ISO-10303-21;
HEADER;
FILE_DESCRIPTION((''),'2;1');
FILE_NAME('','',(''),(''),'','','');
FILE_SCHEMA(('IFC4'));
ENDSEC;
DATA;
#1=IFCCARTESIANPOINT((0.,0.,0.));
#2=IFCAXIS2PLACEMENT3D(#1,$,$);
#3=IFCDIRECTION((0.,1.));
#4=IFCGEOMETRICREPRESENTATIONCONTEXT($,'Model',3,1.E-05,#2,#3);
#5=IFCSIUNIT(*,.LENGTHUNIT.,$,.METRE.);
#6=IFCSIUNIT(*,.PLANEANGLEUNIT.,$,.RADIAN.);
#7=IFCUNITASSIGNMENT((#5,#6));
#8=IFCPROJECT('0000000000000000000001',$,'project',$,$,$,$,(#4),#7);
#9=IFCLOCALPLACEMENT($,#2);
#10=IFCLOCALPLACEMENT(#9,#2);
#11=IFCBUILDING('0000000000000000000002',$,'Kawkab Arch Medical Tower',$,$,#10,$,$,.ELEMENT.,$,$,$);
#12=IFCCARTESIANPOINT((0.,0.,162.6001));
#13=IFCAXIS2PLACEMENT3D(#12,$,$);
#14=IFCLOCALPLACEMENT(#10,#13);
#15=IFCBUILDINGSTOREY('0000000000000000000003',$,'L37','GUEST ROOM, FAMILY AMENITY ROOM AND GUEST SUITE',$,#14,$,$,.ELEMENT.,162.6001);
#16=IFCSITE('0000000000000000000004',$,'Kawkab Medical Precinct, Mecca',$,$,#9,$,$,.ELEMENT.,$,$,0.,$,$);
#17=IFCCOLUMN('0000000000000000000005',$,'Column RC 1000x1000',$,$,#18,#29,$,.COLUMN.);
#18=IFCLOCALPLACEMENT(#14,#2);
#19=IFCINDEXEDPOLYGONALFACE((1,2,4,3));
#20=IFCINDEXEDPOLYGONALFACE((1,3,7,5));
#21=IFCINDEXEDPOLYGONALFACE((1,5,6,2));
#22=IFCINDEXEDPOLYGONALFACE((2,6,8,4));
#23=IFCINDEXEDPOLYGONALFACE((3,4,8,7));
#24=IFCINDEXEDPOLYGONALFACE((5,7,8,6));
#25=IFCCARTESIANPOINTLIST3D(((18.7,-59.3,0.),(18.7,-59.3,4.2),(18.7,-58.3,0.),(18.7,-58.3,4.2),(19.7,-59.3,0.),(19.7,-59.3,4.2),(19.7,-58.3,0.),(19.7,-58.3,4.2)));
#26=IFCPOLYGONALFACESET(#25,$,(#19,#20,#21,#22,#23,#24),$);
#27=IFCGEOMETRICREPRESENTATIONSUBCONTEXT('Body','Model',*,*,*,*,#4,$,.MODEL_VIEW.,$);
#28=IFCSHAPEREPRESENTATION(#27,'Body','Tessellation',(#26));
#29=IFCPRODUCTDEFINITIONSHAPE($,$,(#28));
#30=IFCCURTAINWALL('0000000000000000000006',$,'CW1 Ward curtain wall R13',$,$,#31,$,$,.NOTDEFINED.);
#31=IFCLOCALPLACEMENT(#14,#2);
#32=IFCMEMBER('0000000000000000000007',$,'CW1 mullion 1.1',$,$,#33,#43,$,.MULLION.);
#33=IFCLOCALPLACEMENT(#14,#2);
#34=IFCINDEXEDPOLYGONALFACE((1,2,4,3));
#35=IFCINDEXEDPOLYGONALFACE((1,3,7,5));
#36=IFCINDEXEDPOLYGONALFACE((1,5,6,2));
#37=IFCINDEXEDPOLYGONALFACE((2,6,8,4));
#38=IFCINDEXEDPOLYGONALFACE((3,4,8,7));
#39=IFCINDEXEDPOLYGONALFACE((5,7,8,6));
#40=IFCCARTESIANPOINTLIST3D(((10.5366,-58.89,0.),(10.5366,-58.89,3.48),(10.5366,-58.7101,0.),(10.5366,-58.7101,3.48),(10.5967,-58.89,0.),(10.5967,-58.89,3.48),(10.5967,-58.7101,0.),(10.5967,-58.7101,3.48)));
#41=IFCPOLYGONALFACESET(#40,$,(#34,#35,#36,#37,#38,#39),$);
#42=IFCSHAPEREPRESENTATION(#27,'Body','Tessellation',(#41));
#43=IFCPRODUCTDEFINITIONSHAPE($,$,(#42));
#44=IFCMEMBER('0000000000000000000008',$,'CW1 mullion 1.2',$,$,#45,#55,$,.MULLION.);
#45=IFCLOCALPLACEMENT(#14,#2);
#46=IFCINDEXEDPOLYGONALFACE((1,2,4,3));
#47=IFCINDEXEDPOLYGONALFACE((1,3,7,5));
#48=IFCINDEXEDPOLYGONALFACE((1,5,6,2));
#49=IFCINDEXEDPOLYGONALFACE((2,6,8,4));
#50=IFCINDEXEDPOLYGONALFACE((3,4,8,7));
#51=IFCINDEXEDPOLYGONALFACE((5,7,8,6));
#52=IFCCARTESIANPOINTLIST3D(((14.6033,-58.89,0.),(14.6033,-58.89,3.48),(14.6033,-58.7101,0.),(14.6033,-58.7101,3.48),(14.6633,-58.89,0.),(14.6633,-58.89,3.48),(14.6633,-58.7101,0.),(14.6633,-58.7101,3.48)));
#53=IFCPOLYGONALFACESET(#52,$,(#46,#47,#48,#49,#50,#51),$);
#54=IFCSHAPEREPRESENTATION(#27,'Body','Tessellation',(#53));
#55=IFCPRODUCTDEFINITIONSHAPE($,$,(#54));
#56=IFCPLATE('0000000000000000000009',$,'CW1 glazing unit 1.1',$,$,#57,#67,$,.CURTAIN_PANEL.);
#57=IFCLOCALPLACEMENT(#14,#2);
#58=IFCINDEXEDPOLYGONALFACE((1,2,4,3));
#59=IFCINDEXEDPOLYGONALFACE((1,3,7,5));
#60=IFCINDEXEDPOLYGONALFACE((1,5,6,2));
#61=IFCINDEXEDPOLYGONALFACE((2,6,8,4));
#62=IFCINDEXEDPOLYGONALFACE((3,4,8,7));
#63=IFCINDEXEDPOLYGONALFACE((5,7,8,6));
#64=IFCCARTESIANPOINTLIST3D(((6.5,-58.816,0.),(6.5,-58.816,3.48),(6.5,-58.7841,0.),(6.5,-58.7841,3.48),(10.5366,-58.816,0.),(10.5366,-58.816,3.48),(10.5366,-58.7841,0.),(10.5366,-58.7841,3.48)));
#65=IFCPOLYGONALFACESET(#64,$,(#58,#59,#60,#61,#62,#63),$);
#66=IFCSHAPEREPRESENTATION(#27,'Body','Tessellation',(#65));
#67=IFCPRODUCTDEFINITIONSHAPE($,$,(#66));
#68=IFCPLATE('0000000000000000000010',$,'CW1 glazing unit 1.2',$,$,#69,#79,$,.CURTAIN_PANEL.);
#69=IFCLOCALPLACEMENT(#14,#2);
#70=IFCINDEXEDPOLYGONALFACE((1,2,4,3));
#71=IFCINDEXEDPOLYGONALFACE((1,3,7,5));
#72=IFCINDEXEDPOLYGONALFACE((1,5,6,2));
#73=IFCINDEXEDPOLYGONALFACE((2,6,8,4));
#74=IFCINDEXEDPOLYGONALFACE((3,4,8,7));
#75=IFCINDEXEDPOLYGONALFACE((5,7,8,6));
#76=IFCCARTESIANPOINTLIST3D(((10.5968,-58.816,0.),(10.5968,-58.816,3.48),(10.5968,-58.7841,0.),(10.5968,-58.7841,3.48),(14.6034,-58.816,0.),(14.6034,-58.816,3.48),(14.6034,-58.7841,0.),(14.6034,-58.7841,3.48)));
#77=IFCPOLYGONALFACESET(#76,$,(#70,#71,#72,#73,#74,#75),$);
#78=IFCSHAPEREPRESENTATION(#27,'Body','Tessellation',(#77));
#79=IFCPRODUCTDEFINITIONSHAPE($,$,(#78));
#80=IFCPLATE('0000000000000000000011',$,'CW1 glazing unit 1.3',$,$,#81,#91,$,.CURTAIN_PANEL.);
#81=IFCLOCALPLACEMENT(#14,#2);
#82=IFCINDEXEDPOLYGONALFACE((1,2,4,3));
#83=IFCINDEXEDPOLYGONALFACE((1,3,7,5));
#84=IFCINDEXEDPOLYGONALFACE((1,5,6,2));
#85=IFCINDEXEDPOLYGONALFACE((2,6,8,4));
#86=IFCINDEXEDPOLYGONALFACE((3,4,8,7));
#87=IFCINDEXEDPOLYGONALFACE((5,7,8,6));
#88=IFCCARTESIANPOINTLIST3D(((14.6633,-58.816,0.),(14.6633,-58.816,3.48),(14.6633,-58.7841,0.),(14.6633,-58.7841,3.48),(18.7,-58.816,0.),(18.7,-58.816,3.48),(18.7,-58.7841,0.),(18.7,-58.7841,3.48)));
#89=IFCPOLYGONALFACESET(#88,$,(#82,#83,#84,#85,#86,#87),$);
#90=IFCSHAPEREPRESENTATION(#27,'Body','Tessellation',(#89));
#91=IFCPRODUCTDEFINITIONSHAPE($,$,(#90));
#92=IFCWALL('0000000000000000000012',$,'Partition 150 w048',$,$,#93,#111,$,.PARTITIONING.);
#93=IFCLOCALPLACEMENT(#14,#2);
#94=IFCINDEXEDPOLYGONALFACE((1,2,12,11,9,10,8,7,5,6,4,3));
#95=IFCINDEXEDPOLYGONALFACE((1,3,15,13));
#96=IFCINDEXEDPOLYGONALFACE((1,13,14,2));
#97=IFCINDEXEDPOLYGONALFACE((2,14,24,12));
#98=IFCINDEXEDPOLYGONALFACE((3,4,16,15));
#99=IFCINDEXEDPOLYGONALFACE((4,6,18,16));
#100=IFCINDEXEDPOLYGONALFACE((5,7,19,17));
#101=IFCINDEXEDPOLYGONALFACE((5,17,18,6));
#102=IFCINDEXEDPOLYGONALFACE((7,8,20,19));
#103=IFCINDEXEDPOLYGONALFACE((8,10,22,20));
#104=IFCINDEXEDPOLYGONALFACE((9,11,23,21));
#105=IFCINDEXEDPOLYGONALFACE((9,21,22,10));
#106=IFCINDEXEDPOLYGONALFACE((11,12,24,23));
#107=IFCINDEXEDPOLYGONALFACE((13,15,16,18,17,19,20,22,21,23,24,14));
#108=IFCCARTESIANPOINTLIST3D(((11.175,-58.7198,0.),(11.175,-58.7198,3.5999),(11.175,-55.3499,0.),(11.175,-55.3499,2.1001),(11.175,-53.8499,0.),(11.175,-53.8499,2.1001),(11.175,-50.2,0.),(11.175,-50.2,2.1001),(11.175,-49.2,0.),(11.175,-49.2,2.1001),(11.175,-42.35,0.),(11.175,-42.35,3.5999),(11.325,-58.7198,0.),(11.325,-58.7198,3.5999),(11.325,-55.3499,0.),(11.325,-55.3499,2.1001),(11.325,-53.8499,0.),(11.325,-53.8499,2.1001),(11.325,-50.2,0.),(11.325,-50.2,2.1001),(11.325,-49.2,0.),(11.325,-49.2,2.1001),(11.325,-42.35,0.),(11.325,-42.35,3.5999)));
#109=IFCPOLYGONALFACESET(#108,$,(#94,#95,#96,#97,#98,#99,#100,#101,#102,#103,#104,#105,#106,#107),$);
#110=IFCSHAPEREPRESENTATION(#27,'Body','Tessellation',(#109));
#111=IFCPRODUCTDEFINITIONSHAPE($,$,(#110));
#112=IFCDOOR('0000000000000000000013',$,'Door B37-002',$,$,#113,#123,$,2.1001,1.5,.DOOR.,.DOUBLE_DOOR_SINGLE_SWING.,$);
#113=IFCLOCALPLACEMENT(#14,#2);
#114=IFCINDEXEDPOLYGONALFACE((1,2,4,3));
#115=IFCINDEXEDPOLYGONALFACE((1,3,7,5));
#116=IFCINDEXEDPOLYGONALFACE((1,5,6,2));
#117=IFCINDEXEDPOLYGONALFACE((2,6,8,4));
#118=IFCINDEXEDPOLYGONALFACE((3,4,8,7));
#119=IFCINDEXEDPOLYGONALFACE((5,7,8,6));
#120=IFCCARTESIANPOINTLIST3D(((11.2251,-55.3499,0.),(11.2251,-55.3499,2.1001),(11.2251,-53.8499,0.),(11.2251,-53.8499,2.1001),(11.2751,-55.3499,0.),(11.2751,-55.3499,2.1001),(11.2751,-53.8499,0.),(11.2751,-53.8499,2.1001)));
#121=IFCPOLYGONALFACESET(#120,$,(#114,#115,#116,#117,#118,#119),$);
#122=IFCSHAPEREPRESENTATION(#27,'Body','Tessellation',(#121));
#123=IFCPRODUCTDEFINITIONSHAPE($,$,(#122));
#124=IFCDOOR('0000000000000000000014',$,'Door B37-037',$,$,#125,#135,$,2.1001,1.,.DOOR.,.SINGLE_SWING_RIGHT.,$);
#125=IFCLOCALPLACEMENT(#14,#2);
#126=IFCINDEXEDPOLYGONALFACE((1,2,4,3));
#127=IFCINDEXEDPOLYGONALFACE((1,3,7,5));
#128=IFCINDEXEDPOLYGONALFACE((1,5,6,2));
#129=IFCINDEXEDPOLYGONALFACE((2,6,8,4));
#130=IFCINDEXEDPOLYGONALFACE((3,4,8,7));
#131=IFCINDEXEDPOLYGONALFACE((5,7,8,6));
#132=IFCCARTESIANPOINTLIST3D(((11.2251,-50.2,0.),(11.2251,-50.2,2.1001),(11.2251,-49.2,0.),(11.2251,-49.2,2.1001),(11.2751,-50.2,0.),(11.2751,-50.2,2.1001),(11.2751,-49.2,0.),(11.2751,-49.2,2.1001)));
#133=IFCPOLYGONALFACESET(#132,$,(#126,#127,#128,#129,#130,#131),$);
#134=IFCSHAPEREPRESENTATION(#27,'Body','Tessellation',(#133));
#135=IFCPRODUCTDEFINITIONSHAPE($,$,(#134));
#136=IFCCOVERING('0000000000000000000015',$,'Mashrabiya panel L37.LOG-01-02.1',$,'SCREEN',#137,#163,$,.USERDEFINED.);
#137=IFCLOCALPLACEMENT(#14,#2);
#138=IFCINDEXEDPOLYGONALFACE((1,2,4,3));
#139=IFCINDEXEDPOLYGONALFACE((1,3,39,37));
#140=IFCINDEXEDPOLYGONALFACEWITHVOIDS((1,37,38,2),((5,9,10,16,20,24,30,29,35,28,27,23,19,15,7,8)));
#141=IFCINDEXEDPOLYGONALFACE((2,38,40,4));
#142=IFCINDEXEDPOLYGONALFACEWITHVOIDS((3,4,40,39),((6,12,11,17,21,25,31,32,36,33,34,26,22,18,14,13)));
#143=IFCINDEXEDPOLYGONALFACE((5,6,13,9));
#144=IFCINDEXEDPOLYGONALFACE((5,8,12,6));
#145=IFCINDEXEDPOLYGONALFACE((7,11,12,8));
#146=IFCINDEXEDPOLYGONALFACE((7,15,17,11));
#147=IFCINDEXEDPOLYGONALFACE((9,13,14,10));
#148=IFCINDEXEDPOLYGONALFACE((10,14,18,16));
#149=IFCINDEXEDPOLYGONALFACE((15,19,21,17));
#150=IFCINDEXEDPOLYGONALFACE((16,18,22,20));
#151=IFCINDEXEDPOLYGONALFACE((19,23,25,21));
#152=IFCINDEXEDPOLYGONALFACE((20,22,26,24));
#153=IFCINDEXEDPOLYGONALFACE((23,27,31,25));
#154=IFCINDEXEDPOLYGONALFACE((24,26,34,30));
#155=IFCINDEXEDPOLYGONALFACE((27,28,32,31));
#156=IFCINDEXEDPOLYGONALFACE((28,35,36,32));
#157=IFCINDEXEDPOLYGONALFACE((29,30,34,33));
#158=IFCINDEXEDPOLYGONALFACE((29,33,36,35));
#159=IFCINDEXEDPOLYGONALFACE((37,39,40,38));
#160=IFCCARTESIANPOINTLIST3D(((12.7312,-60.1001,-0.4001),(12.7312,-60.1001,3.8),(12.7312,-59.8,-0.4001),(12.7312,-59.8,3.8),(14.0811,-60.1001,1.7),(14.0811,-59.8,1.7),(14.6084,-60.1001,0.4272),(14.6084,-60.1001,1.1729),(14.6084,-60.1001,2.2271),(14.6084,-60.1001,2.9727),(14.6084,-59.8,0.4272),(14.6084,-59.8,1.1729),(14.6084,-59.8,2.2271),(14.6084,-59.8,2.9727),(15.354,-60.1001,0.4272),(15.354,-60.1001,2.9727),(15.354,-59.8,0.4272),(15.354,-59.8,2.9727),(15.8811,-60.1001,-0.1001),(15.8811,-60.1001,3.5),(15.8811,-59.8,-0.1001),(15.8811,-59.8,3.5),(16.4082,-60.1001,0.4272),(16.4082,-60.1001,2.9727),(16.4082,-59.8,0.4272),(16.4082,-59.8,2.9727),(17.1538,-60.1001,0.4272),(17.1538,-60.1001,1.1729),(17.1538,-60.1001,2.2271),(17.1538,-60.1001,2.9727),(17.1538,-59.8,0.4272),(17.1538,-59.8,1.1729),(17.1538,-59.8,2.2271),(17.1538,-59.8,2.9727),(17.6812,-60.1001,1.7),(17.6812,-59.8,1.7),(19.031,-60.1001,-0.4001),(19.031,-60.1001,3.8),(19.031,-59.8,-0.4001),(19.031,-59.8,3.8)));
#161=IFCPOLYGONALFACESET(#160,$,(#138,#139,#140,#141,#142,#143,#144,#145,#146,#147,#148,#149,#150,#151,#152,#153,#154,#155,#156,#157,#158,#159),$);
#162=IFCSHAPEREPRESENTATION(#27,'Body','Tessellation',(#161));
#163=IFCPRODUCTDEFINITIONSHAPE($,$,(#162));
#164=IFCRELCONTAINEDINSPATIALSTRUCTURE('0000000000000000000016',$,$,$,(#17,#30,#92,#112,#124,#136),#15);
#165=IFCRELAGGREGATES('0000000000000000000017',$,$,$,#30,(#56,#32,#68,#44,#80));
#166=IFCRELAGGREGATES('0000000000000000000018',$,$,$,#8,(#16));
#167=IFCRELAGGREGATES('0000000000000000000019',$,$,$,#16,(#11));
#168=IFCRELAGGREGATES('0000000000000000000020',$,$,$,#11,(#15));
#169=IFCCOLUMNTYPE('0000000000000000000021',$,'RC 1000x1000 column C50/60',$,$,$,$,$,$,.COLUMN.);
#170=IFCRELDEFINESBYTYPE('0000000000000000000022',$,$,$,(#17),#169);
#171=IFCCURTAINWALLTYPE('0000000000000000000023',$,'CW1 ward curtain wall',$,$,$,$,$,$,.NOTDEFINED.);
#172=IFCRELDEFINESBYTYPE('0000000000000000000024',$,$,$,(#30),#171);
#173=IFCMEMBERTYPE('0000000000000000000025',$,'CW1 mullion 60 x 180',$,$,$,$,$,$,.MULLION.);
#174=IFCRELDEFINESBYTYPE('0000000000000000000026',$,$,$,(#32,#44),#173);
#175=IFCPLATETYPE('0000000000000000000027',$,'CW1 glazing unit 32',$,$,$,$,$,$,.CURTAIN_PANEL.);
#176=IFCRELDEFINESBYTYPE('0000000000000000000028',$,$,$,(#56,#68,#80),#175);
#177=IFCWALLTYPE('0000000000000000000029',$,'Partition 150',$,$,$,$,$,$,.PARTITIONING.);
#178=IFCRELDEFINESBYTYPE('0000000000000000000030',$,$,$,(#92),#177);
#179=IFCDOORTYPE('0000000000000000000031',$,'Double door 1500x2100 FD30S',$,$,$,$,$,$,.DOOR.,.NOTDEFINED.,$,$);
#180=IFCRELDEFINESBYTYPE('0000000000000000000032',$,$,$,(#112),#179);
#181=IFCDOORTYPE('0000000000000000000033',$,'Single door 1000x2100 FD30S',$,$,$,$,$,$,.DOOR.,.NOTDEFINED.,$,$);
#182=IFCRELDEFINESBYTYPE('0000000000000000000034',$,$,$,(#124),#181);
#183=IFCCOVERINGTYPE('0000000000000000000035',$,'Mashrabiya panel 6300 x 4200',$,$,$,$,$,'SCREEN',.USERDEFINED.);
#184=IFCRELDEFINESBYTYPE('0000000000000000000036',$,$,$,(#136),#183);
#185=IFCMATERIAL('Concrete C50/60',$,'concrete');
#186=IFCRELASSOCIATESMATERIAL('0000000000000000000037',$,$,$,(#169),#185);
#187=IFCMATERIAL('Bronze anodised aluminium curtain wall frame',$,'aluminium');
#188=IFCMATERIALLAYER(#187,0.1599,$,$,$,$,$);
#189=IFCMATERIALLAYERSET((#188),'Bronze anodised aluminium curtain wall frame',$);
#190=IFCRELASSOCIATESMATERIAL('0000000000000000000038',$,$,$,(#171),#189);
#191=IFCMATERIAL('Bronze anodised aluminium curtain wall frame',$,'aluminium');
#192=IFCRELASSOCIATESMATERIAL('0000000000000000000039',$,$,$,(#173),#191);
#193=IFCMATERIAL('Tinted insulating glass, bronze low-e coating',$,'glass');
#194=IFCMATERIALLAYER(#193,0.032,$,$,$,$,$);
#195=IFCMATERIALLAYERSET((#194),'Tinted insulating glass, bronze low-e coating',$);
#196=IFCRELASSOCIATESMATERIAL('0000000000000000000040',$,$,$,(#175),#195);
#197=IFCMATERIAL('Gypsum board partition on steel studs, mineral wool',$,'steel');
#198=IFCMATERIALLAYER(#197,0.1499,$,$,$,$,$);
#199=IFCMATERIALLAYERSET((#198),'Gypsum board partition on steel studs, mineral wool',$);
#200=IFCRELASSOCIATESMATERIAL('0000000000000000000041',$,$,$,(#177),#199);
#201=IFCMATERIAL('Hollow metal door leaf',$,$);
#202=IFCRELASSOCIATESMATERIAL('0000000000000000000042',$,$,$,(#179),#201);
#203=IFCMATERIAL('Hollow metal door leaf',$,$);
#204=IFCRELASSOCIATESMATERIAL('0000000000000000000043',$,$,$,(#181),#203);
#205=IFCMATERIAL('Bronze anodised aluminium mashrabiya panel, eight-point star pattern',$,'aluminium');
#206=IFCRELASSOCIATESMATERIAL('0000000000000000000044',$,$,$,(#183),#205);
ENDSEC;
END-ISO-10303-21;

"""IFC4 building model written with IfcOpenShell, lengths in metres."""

from ifc_helpers import new_model, si_unit, direction, frame, frame_2d, origin, origin_2d, place, context, subcontext, project, spatial, polyline, rectangle, outline, extrude, material, layer, layer_set, material_profile, profile_set, type_object, element, fill, aggregate, save


model = new_model("IFC4")

# Units and contexts
model_context = context("Model", 3, precision=1e-05, world=origin(), true_north=direction((0.0, 1.0)))
body_context = subcontext(model_context, "Body", "Model", "MODEL_VIEW")
ifc_project = project(units=[si_unit("LENGTHUNIT", "METRE"), si_unit("PLANEANGLEUNIT", "RADIAN")], contexts=[model_context])

# Site, building, storey
site_placement = place(None, origin())
site = spatial("IfcSite", under=ifc_project, at=site_placement, Name="Kawkab Medical Precinct, Mecca", CompositionType="ELEMENT", RefElevation=0.0)
building_placement = place(site_placement, origin())
building = spatial("IfcBuilding", under=site, at=building_placement, Name="Kawkab Arch Medical Tower", CompositionType="ELEMENT")
storey_placement = place(building_placement, frame((0.0, 0.0, 162.6001)))
storey = spatial("IfcBuildingStorey", under=building, at=storey_placement, Name="L37", Description="GUEST ROOM, FAMILY AMENITY ROOM AND GUEST SUITE", CompositionType="ELEMENT", Elevation=162.6001)

# Column
ifc_material_1 = material(Name="Concrete C50/60", Category="concrete")
ifc_material_profile_1 = material_profile(ifc_material_1, rectangle(XDim=1.0, YDim=1.0, at=origin_2d()), Name="RC 1000x1000")
ifc_profile_set_1 = profile_set([ifc_material_profile_1], Name="Concrete C50/60")
column_type = type_object("IfcColumnType", Name="RC 1000x1000 column C50/60", PredefinedType="COLUMN", material=ifc_profile_set_1)
column_placement = place(storey_placement, frame((19.2, -58.8, 0.0), z_axis=(0.0, 0.0, 1.0), x_axis=(1.0, 0.0, 0.0)))
element("IfcColumn", 1, at=column_placement, inside=storey, type_object=column_type, Name="Column RC 1000x1000", PredefinedType="COLUMN", context=body_context, shape_type="SweptSolid", body=[
    extrude(rectangle(XDim=1.0, YDim=1.0, at=origin_2d()), origin(), (0.0, 0.0, 1.0), 4.2),
])

# Curtain wall, members, plates
ifc_material_2 = material(Name="Bronze anodised aluminium curtain wall frame", Category="aluminium")
ifc_layer_1 = layer(ifc_material_2, 0.1599)
ifc_layer_set_1 = layer_set([ifc_layer_1], Name="Bronze anodised aluminium curtain wall frame")
curtain_wall_type = type_object("IfcCurtainWallType", Name="CW1 ward curtain wall", PredefinedType="NOTDEFINED", material=ifc_layer_set_1)
curtain_wall_placement = place(storey_placement, origin())
curtain_wall = element("IfcCurtainWall", 2, at=curtain_wall_placement, inside=storey, type_object=curtain_wall_type, Name="CW1 Ward curtain wall R13", PredefinedType="NOTDEFINED")
ifc_material_3 = material(Name="Bronze anodised aluminium curtain wall frame", Category="aluminium")
ifc_material_profile_2 = material_profile(ifc_material_3, rectangle(XDim=0.1799, YDim=0.0601, at=origin_2d()), Name="AL 60x180")
ifc_profile_set_2 = profile_set([ifc_material_profile_2], Name="Bronze anodised aluminium curtain wall frame")
member_type = type_object("IfcMemberType", Name="CW1 mullion 60 x 180", PredefinedType="MULLION", material=ifc_profile_set_2)
member_1_placement = place(storey_placement, frame((10.5667, -58.8, 0.0), z_axis=(0.0, 0.0, 1.0), x_axis=(0.0, 1.0, 0.0)))
member_1 = element("IfcMember", 3, at=member_1_placement, type_object=member_type, Name="CW1 mullion 1.1", PredefinedType="MULLION", context=body_context, shape_type="SweptSolid", body=[
    extrude(rectangle(XDim=0.1799, YDim=0.0601, at=origin_2d()), origin(), (0.0, 0.0, 1.0), 3.48),
])
member_2_placement = place(storey_placement, frame((14.6333, -58.8, 0.0), z_axis=(0.0, 0.0, 1.0), x_axis=(0.0, 1.0, 0.0)))
member_2 = element("IfcMember", 4, at=member_2_placement, type_object=member_type, Name="CW1 mullion 1.2", PredefinedType="MULLION", context=body_context, shape_type="SweptSolid", body=[
    extrude(rectangle(XDim=0.1799, YDim=0.0601, at=origin_2d()), origin(), (0.0, 0.0, 1.0), 3.48),
])
ifc_material_4 = material(Name="Tinted insulating glass, bronze low-e coating", Category="glass")
ifc_layer_2 = layer(ifc_material_4, 0.032)
ifc_layer_set_2 = layer_set([ifc_layer_2], Name="Tinted insulating glass, bronze low-e coating")
plate_type = type_object("IfcPlateType", Name="CW1 glazing unit 32", PredefinedType="CURTAIN_PANEL", material=ifc_layer_set_2)
plate_1_placement = place(storey_placement, frame((8.5183, -58.8, 0.0), z_axis=(0.0, 0.0, 1.0), x_axis=(1.0, 0.0, 0.0)))
plate_1 = element("IfcPlate", 5, at=plate_1_placement, type_object=plate_type, Name="CW1 glazing unit 1.1", PredefinedType="CURTAIN_PANEL", context=body_context, shape_type="SweptSolid", body=[
    extrude(rectangle(XDim=4.0366, YDim=0.032, at=origin_2d()), origin(), (0.0, 0.0, 1.0), 3.48),
])
plate_2_placement = place(storey_placement, frame((12.6001, -58.8, 0.0), z_axis=(0.0, 0.0, 1.0), x_axis=(1.0, 0.0, 0.0)))
plate_2 = element("IfcPlate", 6, at=plate_2_placement, type_object=plate_type, Name="CW1 glazing unit 1.2", PredefinedType="CURTAIN_PANEL", context=body_context, shape_type="SweptSolid", body=[
    extrude(rectangle(XDim=4.0066, YDim=0.032, at=origin_2d()), origin(), (0.0, 0.0, 1.0), 3.48),
])
plate_3_placement = place(storey_placement, frame((16.6816, -58.8, 0.0), z_axis=(0.0, 0.0, 1.0), x_axis=(1.0, 0.0, 0.0)))
plate_3 = element("IfcPlate", 7, at=plate_3_placement, type_object=plate_type, Name="CW1 glazing unit 1.3", PredefinedType="CURTAIN_PANEL", context=body_context, shape_type="SweptSolid", body=[
    extrude(rectangle(XDim=4.0366, YDim=0.032, at=origin_2d()), origin(), (0.0, 0.0, 1.0), 3.48),
])
aggregate(curtain_wall, [plate_1, member_1, plate_2, member_2, plate_3])

# Wall, openings, doors
ifc_material_5 = material(Name="Gypsum board partition on steel studs, mineral wool", Category="steel")
ifc_layer_3 = layer(ifc_material_5, 0.1499)
ifc_layer_set_3 = layer_set([ifc_layer_3], Name="Gypsum board partition on steel studs, mineral wool")
wall_type = type_object("IfcWallType", Name="Partition 150", PredefinedType="PARTITIONING", material=ifc_layer_set_3)
wall_placement = place(storey_placement, frame((11.25, -58.72, 0.0), z_axis=(0.0, 0.0, 1.0), x_axis=(0.0, 1.0, 0.0)))
wall = element("IfcWall", 8, at=wall_placement, inside=storey, type_object=wall_type, Name="Partition 150 w048", PredefinedType="PARTITIONING", context=body_context, shape_type="SweptSolid", body=[
    extrude(rectangle(XDim=16.3699, YDim=0.1499, at=frame_2d((8.1851, 0.0))), origin(), (0.0, 0.0, 1.0), 3.5999),
])
opening_1_placement = place(wall_placement, frame((8.52, 0.0, 0.0)))
opening_1 = element("IfcOpeningElement", 9, at=opening_1_placement, cuts=wall, PredefinedType="OPENING", context=body_context, shape_type="SweptSolid", body=[
    extrude(rectangle(XDim=1.0, YDim=2.1001, at=frame_2d((0.5, 1.05))), frame((0.0, 0.085, 0.0), z_axis=(0.0, -1.0, 0.0), x_axis=(1.0, 0.0, 0.0)), (0.0, 0.0, 1.0), 0.1699),
])
opening_2_placement = place(wall_placement, frame((3.3701, 0.0, 0.0)))
opening_2 = element("IfcOpeningElement", 10, at=opening_2_placement, cuts=wall, PredefinedType="OPENING", context=body_context, shape_type="SweptSolid", body=[
    extrude(rectangle(XDim=1.5, YDim=2.1001, at=frame_2d((0.75, 1.05))), frame((0.0, 0.085, 0.0), z_axis=(0.0, -1.0, 0.0), x_axis=(1.0, 0.0, 0.0)), (0.0, 0.0, 1.0), 0.1699),
])
ifc_material_6 = material(Name="Hollow metal door leaf")
door_type_1 = type_object("IfcDoorType", Name="Double door 1500x2100 FD30S", OperationType="NOTDEFINED", PredefinedType="DOOR", material=ifc_material_6)
door_1_placement = place(opening_2_placement, origin())
door_1 = element("IfcDoor", 11, at=door_1_placement, inside=storey, type_object=door_type_1, Name="Door B37-002", OperationType="DOUBLE_DOOR_SINGLE_SWING", OverallHeight=2.1001, OverallWidth=1.5, PredefinedType="DOOR", context=body_context, shape_type="SweptSolid", body=[
    extrude(rectangle(XDim=1.5, YDim=2.1001, at=frame_2d((0.75, 1.05))), frame((0.0, 0.0249, 0.0), z_axis=(0.0, -1.0, 0.0), x_axis=(1.0, 0.0, 0.0)), (0.0, 0.0, 1.0), 0.05),
])
fill(opening_2, door_1)
ifc_material_7 = material(Name="Hollow metal door leaf")
door_type_2 = type_object("IfcDoorType", Name="Single door 1000x2100 FD30S", OperationType="NOTDEFINED", PredefinedType="DOOR", material=ifc_material_7)
door_2_placement = place(opening_1_placement, origin())
door_2 = element("IfcDoor", 12, at=door_2_placement, inside=storey, type_object=door_type_2, Name="Door B37-037", OperationType="SINGLE_SWING_RIGHT", OverallHeight=2.1001, OverallWidth=1.0, PredefinedType="DOOR", context=body_context, shape_type="SweptSolid", body=[
    extrude(rectangle(XDim=1.0, YDim=2.1001, at=frame_2d((0.5, 1.05))), frame((0.0, 0.0249, 0.0), z_axis=(0.0, -1.0, 0.0), x_axis=(1.0, 0.0, 0.0)), (0.0, 0.0, 1.0), 0.05),
])
fill(opening_1, door_2)

# Covering
ifc_material_8 = material(Name="Bronze anodised aluminium mashrabiya panel, eight-point star pattern", Category="aluminium")
ifc_material_profile_3 = material_profile(ifc_material_8, outline(polyline([(-3.1499, -2.1001), (3.1499, -2.1001), (3.1499, 2.1001), (-3.1499, 2.1001), (-3.1499, -2.1001)]), holes=[polyline([(1.8, 0.0), (1.2727, 0.5271), (1.2727, 1.2727), (0.5271, 1.2727), (0.0, 1.8), (-0.5271, 1.2727), (-1.2727, 1.2727), (-1.2727, 0.5271), (-1.8, 0.0), (-1.2727, -0.5271), (-1.2727, -1.2727), (-0.5271, -1.2727), (0.0, -1.8), (0.5271, -1.2727), (1.2727, -1.2727), (1.2727, -0.5271), (1.8, 0.0)])]), Name="Mashrabiya panel 6300x4200")
ifc_profile_set_3 = profile_set([ifc_material_profile_3], Name="Bronze anodised aluminium mashrabiya panel, eight-point star pattern")
covering_type_1 = type_object("IfcCoveringType", Name="Mashrabiya panel 6300 x 4200", ElementType="SCREEN", PredefinedType="USERDEFINED", material=ifc_profile_set_3)
covering_1_placement = place(storey_placement, frame((15.8811, -59.8, 1.7), z_axis=(0.0, -1.0, 0.0), x_axis=(1.0, 0.0, 0.0)))
element("IfcCovering", 13, at=covering_1_placement, inside=storey, type_object=covering_type_1, Name="Mashrabiya panel L37.LOG-01-02.1", ObjectType="SCREEN", PredefinedType="USERDEFINED", context=body_context, shape_type="SweptSolid", body=[
    extrude(outline(polyline([(-3.1499, -2.1001), (3.1499, -2.1001), (3.1499, 2.1001), (-3.1499, 2.1001), (-3.1499, -2.1001)]), holes=[polyline([(1.8, 0.0), (1.2727, 0.5271), (1.2727, 1.2727), (0.5271, 1.2727), (0.0, 1.8), (-0.5271, 1.2727), (-1.2727, 1.2727), (-1.2727, 0.5271), (-1.8, 0.0), (-1.2727, -0.5271), (-1.2727, -1.2727), (-0.5271, -1.2727), (0.0, -1.8), (0.5271, -1.2727), (1.2727, -1.2727), (1.2727, -0.5271), (1.8, 0.0)])]), origin(), (0.0, 0.0, 1.0), 0.3),
])

save(model, "model.ifc")
